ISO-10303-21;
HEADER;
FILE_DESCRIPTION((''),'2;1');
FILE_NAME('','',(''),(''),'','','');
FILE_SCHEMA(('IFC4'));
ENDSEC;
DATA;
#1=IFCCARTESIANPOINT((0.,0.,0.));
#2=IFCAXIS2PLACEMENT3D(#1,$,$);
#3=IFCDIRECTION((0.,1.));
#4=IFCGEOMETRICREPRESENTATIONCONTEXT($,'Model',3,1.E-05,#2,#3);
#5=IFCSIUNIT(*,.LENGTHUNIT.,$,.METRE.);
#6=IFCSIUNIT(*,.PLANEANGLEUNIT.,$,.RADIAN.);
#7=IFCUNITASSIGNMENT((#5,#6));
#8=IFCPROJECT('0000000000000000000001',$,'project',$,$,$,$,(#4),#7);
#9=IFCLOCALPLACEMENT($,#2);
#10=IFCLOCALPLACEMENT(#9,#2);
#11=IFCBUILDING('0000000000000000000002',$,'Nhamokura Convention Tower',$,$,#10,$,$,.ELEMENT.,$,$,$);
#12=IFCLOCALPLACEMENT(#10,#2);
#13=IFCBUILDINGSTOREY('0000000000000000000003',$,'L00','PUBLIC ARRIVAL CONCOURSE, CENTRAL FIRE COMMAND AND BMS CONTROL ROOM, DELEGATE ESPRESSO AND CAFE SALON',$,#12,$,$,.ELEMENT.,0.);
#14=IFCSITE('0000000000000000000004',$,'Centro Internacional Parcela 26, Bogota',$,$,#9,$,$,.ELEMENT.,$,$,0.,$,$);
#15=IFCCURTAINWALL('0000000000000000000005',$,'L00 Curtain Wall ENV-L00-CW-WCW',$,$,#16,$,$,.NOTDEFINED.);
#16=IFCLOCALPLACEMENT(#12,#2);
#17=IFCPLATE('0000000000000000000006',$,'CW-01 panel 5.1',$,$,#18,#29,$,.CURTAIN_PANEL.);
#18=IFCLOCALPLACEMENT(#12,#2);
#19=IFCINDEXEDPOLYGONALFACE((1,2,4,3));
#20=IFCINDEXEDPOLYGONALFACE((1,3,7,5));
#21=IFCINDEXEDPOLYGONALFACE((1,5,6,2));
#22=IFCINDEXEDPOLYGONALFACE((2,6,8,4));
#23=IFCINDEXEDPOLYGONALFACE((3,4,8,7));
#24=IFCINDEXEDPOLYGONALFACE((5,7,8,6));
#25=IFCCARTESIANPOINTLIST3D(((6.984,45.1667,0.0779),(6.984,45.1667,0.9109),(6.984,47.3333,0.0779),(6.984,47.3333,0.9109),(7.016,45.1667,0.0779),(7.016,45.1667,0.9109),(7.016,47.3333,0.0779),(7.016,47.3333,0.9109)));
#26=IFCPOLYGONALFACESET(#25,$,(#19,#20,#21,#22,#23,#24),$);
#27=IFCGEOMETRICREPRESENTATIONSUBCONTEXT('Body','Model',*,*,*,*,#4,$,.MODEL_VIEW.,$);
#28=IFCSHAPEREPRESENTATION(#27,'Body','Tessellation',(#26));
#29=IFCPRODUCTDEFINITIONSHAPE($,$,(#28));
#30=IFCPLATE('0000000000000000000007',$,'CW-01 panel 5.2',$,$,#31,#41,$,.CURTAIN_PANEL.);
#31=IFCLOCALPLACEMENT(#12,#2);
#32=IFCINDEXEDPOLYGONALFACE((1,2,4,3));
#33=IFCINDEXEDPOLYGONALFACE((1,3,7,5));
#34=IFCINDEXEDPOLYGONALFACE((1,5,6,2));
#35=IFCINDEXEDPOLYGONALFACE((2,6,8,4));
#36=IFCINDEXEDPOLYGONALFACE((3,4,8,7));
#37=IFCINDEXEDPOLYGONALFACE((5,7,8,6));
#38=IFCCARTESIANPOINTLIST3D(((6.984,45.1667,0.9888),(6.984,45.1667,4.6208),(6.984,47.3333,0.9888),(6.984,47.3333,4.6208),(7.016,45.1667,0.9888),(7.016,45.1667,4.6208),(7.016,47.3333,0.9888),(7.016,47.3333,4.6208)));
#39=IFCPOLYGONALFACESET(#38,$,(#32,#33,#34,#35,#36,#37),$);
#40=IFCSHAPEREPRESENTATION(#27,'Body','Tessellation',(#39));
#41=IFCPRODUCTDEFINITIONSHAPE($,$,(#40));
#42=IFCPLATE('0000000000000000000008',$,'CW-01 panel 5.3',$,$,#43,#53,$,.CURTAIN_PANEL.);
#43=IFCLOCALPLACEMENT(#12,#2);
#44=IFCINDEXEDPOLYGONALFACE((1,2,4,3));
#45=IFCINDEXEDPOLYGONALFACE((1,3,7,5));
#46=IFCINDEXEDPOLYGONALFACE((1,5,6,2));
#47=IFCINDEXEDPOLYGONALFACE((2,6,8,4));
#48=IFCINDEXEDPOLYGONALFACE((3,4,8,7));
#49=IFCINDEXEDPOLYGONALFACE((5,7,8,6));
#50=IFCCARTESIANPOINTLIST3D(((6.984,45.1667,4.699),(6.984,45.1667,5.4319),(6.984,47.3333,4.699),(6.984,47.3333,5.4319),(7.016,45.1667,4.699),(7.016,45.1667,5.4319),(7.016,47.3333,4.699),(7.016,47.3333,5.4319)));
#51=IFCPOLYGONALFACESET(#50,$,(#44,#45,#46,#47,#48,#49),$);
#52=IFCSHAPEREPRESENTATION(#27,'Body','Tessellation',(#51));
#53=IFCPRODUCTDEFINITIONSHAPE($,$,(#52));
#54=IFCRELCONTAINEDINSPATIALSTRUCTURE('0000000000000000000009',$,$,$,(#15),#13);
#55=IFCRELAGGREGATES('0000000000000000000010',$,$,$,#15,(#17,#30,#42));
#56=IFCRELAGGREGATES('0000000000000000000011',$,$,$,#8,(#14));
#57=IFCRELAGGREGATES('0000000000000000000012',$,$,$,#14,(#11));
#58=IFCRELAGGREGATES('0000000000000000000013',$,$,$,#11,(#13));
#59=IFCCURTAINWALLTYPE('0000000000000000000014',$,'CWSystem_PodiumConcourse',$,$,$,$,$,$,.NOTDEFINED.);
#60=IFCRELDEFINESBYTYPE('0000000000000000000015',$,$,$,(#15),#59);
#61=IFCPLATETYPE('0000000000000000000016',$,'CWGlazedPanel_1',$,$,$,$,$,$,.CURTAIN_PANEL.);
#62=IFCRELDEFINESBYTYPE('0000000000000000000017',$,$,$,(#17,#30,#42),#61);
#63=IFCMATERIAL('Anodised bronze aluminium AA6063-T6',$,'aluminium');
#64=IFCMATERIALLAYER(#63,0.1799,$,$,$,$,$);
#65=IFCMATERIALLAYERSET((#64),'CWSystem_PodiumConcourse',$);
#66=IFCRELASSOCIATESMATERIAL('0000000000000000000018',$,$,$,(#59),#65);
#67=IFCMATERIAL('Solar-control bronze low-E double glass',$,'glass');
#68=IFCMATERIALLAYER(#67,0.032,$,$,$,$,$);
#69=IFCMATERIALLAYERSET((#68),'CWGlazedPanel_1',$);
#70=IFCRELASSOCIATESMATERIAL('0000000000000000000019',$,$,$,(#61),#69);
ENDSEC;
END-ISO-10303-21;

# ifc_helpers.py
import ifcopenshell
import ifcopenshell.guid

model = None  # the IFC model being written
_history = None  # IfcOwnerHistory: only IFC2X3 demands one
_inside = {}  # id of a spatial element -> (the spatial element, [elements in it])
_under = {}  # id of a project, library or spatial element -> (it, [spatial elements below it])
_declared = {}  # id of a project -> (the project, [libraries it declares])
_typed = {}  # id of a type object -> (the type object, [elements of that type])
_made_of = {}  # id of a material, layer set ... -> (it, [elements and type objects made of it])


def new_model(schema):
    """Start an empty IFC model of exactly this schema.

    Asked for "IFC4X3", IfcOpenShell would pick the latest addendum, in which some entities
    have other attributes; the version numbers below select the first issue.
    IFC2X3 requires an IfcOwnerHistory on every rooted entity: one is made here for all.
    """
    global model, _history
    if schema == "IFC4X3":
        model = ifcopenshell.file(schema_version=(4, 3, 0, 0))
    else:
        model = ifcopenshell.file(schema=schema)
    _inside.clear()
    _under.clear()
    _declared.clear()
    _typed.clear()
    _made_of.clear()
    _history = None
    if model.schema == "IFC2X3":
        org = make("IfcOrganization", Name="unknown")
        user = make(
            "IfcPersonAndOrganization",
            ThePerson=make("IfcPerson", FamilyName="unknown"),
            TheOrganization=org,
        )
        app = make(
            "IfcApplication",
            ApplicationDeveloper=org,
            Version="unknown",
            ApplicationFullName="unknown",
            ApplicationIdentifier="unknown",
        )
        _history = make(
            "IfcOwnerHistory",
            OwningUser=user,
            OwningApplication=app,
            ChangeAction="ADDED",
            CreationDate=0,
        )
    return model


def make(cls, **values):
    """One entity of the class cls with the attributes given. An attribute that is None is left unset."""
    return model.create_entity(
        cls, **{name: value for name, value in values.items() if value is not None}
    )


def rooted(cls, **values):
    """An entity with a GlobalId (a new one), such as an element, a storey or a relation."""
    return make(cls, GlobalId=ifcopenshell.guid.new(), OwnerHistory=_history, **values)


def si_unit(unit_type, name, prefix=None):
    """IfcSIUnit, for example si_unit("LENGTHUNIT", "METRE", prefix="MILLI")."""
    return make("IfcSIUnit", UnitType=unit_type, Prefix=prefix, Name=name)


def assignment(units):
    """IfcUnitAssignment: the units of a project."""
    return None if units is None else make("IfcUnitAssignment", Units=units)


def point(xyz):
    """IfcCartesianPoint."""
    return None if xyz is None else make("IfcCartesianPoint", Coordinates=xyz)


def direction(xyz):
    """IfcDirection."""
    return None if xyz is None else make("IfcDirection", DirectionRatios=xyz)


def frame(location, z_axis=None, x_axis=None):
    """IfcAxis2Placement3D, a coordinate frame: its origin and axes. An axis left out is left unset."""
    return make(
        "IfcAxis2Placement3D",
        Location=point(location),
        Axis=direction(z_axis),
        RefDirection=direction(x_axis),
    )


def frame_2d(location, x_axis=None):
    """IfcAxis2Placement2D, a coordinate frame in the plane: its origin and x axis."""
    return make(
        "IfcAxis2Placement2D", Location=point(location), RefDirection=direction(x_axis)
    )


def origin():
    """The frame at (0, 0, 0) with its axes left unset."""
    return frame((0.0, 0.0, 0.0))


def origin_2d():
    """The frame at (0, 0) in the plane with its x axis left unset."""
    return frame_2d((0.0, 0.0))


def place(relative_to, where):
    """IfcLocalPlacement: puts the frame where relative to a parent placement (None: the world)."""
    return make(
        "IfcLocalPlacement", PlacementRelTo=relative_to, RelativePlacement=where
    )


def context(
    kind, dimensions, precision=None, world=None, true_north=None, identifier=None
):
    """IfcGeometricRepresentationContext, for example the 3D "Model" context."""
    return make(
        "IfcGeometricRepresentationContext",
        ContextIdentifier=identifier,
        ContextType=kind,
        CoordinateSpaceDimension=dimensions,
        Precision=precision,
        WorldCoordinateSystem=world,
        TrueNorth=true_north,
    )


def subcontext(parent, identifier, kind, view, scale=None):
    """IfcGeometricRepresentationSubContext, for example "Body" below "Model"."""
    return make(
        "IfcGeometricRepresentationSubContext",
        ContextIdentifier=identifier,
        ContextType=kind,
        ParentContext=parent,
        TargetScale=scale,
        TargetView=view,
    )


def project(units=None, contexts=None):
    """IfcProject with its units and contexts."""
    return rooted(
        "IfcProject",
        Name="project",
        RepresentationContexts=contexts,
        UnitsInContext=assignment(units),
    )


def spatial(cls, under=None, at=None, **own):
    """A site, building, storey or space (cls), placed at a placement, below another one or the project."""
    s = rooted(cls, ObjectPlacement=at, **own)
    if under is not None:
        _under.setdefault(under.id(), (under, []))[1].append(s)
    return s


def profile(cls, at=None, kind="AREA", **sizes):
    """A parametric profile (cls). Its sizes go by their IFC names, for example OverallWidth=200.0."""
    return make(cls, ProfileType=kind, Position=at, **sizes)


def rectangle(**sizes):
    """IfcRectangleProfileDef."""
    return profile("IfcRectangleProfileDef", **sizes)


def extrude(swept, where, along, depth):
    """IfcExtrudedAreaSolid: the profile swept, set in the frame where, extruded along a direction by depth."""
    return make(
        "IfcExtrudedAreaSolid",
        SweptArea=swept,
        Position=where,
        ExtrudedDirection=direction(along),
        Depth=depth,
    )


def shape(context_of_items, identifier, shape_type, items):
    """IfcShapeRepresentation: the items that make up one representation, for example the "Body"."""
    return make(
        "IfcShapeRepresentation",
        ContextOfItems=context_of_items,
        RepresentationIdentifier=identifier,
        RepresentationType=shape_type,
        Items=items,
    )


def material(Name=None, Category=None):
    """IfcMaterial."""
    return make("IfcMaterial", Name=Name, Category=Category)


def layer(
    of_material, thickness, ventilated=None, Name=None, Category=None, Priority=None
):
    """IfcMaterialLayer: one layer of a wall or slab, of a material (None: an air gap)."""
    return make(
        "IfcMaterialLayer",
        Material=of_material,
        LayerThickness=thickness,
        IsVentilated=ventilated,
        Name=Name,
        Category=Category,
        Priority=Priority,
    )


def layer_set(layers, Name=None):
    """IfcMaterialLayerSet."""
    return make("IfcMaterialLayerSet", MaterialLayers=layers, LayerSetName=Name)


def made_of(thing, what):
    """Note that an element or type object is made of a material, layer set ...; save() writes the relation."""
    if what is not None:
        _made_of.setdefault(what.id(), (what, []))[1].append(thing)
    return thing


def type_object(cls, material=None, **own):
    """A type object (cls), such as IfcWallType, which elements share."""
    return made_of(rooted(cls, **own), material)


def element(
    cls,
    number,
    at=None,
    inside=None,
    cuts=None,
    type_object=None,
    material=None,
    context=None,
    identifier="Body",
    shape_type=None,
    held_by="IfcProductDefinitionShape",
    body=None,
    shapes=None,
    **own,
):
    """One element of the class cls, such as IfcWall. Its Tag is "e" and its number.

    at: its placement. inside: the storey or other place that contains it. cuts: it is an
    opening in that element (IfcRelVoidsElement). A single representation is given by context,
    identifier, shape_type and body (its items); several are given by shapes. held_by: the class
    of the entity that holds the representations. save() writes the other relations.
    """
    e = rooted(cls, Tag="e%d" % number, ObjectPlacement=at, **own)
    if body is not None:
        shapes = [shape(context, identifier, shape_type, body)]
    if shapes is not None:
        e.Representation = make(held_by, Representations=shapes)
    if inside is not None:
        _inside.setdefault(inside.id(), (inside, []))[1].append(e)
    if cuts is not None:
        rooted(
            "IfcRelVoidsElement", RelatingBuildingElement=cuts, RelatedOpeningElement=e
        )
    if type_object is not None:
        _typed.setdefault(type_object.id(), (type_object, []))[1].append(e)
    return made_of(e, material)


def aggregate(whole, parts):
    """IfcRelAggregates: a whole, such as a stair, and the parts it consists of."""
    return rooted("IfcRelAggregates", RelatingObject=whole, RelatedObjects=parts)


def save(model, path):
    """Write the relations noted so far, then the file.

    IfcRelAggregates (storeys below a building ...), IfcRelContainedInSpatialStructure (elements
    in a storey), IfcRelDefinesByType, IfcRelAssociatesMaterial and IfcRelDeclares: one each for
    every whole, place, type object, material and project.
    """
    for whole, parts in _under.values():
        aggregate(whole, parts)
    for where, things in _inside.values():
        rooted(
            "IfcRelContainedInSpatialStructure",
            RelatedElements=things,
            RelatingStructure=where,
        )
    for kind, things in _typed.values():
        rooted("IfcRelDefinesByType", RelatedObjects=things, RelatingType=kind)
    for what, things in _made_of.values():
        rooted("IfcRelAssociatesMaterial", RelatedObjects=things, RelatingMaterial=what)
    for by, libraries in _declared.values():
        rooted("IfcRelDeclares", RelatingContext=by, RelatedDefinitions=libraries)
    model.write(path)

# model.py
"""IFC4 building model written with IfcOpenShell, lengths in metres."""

from ifc_helpers import new_model, si_unit, direction, frame, origin, origin_2d, place, context, subcontext, project, spatial, rectangle, extrude, material, layer, layer_set, type_object, element, aggregate, save


model = new_model("IFC4")

# Units and contexts
model_context = context("Model", 3, precision=1e-05, world=origin(), true_north=direction((0.0, 1.0)))
body_context = subcontext(model_context, "Body", "Model", "MODEL_VIEW")
ifc_project = project(units=[si_unit("LENGTHUNIT", "METRE"), si_unit("PLANEANGLEUNIT", "RADIAN")], contexts=[model_context])

# Site, building, storey
site_placement = place(None, origin())
site = spatial("IfcSite", under=ifc_project, at=site_placement, Name="Centro Internacional Parcela 26, Bogota", CompositionType="ELEMENT", RefElevation=0.0)
building_placement = place(site_placement, origin())
building = spatial("IfcBuilding", under=site, at=building_placement, Name="Nhamokura Convention Tower", CompositionType="ELEMENT")
storey_placement = place(building_placement, origin())
storey = spatial("IfcBuildingStorey", under=building, at=storey_placement, Name="L00", Description="PUBLIC ARRIVAL CONCOURSE, CENTRAL FIRE COMMAND AND BMS CONTROL ROOM, DELEGATE ESPRESSO AND CAFE SALON", CompositionType="ELEMENT", Elevation=0.0)

# Curtain wall
ifc_material_1 = material(Name="Anodised bronze aluminium AA6063-T6", Category="aluminium")
ifc_layer_1 = layer(ifc_material_1, 0.1799)
ifc_layer_set_1 = layer_set([ifc_layer_1], Name="CWSystem_PodiumConcourse")
curtain_wall_type = type_object("IfcCurtainWallType", Name="CWSystem_PodiumConcourse", PredefinedType="NOTDEFINED", material=ifc_layer_set_1)
curtain_wall_placement = place(storey_placement, origin())
curtain_wall = element("IfcCurtainWall", 1, at=curtain_wall_placement, inside=storey, type_object=curtain_wall_type, Name="L00 Curtain Wall ENV-L00-CW-WCW", PredefinedType="NOTDEFINED")

# Plates
ifc_material_2 = material(Name="Solar-control bronze low-E double glass", Category="glass")
ifc_layer_2 = layer(ifc_material_2, 0.032)
ifc_layer_set_2 = layer_set([ifc_layer_2], Name="CWGlazedPanel_1")
plate_type = type_object("IfcPlateType", Name="CWGlazedPanel_1", PredefinedType="CURTAIN_PANEL", material=ifc_layer_set_2)
plate_1_placement = place(storey_placement, frame((7.0, 46.25, 0.0779), z_axis=(0.0, 0.0, 1.0), x_axis=(0.0, 1.0, 0.0)))
plate_1 = element("IfcPlate", 2, at=plate_1_placement, type_object=plate_type, Name="CW-01 panel 5.1", PredefinedType="CURTAIN_PANEL", context=body_context, shape_type="SweptSolid", body=[
    extrude(rectangle(XDim=2.1665, YDim=0.032, at=origin_2d()), origin(), (0.0, 0.0, 1.0), 0.833),
])
plate_2_placement = place(storey_placement, frame((7.0, 46.25, 0.9888), z_axis=(0.0, 0.0, 1.0), x_axis=(0.0, 1.0, 0.0)))
plate_2 = element("IfcPlate", 3, at=plate_2_placement, type_object=plate_type, Name="CW-01 panel 5.2", PredefinedType="CURTAIN_PANEL", context=body_context, shape_type="SweptSolid", body=[
    extrude(rectangle(XDim=2.1665, YDim=0.032, at=origin_2d()), origin(), (0.0, 0.0, 1.0), 3.6321),
])
plate_3_placement = place(storey_placement, frame((7.0, 46.25, 4.699), z_axis=(0.0, 0.0, 1.0), x_axis=(0.0, 1.0, 0.0)))
plate_3 = element("IfcPlate", 4, at=plate_3_placement, type_object=plate_type, Name="CW-01 panel 5.3", PredefinedType="CURTAIN_PANEL", context=body_context, shape_type="SweptSolid", body=[
    extrude(rectangle(XDim=2.1665, YDim=0.032, at=origin_2d()), origin(), (0.0, 0.0, 1.0), 0.7329),
])
aggregate(curtain_wall, [plate_1, plate_2, plate_3])

save(model, "model.ifc")
